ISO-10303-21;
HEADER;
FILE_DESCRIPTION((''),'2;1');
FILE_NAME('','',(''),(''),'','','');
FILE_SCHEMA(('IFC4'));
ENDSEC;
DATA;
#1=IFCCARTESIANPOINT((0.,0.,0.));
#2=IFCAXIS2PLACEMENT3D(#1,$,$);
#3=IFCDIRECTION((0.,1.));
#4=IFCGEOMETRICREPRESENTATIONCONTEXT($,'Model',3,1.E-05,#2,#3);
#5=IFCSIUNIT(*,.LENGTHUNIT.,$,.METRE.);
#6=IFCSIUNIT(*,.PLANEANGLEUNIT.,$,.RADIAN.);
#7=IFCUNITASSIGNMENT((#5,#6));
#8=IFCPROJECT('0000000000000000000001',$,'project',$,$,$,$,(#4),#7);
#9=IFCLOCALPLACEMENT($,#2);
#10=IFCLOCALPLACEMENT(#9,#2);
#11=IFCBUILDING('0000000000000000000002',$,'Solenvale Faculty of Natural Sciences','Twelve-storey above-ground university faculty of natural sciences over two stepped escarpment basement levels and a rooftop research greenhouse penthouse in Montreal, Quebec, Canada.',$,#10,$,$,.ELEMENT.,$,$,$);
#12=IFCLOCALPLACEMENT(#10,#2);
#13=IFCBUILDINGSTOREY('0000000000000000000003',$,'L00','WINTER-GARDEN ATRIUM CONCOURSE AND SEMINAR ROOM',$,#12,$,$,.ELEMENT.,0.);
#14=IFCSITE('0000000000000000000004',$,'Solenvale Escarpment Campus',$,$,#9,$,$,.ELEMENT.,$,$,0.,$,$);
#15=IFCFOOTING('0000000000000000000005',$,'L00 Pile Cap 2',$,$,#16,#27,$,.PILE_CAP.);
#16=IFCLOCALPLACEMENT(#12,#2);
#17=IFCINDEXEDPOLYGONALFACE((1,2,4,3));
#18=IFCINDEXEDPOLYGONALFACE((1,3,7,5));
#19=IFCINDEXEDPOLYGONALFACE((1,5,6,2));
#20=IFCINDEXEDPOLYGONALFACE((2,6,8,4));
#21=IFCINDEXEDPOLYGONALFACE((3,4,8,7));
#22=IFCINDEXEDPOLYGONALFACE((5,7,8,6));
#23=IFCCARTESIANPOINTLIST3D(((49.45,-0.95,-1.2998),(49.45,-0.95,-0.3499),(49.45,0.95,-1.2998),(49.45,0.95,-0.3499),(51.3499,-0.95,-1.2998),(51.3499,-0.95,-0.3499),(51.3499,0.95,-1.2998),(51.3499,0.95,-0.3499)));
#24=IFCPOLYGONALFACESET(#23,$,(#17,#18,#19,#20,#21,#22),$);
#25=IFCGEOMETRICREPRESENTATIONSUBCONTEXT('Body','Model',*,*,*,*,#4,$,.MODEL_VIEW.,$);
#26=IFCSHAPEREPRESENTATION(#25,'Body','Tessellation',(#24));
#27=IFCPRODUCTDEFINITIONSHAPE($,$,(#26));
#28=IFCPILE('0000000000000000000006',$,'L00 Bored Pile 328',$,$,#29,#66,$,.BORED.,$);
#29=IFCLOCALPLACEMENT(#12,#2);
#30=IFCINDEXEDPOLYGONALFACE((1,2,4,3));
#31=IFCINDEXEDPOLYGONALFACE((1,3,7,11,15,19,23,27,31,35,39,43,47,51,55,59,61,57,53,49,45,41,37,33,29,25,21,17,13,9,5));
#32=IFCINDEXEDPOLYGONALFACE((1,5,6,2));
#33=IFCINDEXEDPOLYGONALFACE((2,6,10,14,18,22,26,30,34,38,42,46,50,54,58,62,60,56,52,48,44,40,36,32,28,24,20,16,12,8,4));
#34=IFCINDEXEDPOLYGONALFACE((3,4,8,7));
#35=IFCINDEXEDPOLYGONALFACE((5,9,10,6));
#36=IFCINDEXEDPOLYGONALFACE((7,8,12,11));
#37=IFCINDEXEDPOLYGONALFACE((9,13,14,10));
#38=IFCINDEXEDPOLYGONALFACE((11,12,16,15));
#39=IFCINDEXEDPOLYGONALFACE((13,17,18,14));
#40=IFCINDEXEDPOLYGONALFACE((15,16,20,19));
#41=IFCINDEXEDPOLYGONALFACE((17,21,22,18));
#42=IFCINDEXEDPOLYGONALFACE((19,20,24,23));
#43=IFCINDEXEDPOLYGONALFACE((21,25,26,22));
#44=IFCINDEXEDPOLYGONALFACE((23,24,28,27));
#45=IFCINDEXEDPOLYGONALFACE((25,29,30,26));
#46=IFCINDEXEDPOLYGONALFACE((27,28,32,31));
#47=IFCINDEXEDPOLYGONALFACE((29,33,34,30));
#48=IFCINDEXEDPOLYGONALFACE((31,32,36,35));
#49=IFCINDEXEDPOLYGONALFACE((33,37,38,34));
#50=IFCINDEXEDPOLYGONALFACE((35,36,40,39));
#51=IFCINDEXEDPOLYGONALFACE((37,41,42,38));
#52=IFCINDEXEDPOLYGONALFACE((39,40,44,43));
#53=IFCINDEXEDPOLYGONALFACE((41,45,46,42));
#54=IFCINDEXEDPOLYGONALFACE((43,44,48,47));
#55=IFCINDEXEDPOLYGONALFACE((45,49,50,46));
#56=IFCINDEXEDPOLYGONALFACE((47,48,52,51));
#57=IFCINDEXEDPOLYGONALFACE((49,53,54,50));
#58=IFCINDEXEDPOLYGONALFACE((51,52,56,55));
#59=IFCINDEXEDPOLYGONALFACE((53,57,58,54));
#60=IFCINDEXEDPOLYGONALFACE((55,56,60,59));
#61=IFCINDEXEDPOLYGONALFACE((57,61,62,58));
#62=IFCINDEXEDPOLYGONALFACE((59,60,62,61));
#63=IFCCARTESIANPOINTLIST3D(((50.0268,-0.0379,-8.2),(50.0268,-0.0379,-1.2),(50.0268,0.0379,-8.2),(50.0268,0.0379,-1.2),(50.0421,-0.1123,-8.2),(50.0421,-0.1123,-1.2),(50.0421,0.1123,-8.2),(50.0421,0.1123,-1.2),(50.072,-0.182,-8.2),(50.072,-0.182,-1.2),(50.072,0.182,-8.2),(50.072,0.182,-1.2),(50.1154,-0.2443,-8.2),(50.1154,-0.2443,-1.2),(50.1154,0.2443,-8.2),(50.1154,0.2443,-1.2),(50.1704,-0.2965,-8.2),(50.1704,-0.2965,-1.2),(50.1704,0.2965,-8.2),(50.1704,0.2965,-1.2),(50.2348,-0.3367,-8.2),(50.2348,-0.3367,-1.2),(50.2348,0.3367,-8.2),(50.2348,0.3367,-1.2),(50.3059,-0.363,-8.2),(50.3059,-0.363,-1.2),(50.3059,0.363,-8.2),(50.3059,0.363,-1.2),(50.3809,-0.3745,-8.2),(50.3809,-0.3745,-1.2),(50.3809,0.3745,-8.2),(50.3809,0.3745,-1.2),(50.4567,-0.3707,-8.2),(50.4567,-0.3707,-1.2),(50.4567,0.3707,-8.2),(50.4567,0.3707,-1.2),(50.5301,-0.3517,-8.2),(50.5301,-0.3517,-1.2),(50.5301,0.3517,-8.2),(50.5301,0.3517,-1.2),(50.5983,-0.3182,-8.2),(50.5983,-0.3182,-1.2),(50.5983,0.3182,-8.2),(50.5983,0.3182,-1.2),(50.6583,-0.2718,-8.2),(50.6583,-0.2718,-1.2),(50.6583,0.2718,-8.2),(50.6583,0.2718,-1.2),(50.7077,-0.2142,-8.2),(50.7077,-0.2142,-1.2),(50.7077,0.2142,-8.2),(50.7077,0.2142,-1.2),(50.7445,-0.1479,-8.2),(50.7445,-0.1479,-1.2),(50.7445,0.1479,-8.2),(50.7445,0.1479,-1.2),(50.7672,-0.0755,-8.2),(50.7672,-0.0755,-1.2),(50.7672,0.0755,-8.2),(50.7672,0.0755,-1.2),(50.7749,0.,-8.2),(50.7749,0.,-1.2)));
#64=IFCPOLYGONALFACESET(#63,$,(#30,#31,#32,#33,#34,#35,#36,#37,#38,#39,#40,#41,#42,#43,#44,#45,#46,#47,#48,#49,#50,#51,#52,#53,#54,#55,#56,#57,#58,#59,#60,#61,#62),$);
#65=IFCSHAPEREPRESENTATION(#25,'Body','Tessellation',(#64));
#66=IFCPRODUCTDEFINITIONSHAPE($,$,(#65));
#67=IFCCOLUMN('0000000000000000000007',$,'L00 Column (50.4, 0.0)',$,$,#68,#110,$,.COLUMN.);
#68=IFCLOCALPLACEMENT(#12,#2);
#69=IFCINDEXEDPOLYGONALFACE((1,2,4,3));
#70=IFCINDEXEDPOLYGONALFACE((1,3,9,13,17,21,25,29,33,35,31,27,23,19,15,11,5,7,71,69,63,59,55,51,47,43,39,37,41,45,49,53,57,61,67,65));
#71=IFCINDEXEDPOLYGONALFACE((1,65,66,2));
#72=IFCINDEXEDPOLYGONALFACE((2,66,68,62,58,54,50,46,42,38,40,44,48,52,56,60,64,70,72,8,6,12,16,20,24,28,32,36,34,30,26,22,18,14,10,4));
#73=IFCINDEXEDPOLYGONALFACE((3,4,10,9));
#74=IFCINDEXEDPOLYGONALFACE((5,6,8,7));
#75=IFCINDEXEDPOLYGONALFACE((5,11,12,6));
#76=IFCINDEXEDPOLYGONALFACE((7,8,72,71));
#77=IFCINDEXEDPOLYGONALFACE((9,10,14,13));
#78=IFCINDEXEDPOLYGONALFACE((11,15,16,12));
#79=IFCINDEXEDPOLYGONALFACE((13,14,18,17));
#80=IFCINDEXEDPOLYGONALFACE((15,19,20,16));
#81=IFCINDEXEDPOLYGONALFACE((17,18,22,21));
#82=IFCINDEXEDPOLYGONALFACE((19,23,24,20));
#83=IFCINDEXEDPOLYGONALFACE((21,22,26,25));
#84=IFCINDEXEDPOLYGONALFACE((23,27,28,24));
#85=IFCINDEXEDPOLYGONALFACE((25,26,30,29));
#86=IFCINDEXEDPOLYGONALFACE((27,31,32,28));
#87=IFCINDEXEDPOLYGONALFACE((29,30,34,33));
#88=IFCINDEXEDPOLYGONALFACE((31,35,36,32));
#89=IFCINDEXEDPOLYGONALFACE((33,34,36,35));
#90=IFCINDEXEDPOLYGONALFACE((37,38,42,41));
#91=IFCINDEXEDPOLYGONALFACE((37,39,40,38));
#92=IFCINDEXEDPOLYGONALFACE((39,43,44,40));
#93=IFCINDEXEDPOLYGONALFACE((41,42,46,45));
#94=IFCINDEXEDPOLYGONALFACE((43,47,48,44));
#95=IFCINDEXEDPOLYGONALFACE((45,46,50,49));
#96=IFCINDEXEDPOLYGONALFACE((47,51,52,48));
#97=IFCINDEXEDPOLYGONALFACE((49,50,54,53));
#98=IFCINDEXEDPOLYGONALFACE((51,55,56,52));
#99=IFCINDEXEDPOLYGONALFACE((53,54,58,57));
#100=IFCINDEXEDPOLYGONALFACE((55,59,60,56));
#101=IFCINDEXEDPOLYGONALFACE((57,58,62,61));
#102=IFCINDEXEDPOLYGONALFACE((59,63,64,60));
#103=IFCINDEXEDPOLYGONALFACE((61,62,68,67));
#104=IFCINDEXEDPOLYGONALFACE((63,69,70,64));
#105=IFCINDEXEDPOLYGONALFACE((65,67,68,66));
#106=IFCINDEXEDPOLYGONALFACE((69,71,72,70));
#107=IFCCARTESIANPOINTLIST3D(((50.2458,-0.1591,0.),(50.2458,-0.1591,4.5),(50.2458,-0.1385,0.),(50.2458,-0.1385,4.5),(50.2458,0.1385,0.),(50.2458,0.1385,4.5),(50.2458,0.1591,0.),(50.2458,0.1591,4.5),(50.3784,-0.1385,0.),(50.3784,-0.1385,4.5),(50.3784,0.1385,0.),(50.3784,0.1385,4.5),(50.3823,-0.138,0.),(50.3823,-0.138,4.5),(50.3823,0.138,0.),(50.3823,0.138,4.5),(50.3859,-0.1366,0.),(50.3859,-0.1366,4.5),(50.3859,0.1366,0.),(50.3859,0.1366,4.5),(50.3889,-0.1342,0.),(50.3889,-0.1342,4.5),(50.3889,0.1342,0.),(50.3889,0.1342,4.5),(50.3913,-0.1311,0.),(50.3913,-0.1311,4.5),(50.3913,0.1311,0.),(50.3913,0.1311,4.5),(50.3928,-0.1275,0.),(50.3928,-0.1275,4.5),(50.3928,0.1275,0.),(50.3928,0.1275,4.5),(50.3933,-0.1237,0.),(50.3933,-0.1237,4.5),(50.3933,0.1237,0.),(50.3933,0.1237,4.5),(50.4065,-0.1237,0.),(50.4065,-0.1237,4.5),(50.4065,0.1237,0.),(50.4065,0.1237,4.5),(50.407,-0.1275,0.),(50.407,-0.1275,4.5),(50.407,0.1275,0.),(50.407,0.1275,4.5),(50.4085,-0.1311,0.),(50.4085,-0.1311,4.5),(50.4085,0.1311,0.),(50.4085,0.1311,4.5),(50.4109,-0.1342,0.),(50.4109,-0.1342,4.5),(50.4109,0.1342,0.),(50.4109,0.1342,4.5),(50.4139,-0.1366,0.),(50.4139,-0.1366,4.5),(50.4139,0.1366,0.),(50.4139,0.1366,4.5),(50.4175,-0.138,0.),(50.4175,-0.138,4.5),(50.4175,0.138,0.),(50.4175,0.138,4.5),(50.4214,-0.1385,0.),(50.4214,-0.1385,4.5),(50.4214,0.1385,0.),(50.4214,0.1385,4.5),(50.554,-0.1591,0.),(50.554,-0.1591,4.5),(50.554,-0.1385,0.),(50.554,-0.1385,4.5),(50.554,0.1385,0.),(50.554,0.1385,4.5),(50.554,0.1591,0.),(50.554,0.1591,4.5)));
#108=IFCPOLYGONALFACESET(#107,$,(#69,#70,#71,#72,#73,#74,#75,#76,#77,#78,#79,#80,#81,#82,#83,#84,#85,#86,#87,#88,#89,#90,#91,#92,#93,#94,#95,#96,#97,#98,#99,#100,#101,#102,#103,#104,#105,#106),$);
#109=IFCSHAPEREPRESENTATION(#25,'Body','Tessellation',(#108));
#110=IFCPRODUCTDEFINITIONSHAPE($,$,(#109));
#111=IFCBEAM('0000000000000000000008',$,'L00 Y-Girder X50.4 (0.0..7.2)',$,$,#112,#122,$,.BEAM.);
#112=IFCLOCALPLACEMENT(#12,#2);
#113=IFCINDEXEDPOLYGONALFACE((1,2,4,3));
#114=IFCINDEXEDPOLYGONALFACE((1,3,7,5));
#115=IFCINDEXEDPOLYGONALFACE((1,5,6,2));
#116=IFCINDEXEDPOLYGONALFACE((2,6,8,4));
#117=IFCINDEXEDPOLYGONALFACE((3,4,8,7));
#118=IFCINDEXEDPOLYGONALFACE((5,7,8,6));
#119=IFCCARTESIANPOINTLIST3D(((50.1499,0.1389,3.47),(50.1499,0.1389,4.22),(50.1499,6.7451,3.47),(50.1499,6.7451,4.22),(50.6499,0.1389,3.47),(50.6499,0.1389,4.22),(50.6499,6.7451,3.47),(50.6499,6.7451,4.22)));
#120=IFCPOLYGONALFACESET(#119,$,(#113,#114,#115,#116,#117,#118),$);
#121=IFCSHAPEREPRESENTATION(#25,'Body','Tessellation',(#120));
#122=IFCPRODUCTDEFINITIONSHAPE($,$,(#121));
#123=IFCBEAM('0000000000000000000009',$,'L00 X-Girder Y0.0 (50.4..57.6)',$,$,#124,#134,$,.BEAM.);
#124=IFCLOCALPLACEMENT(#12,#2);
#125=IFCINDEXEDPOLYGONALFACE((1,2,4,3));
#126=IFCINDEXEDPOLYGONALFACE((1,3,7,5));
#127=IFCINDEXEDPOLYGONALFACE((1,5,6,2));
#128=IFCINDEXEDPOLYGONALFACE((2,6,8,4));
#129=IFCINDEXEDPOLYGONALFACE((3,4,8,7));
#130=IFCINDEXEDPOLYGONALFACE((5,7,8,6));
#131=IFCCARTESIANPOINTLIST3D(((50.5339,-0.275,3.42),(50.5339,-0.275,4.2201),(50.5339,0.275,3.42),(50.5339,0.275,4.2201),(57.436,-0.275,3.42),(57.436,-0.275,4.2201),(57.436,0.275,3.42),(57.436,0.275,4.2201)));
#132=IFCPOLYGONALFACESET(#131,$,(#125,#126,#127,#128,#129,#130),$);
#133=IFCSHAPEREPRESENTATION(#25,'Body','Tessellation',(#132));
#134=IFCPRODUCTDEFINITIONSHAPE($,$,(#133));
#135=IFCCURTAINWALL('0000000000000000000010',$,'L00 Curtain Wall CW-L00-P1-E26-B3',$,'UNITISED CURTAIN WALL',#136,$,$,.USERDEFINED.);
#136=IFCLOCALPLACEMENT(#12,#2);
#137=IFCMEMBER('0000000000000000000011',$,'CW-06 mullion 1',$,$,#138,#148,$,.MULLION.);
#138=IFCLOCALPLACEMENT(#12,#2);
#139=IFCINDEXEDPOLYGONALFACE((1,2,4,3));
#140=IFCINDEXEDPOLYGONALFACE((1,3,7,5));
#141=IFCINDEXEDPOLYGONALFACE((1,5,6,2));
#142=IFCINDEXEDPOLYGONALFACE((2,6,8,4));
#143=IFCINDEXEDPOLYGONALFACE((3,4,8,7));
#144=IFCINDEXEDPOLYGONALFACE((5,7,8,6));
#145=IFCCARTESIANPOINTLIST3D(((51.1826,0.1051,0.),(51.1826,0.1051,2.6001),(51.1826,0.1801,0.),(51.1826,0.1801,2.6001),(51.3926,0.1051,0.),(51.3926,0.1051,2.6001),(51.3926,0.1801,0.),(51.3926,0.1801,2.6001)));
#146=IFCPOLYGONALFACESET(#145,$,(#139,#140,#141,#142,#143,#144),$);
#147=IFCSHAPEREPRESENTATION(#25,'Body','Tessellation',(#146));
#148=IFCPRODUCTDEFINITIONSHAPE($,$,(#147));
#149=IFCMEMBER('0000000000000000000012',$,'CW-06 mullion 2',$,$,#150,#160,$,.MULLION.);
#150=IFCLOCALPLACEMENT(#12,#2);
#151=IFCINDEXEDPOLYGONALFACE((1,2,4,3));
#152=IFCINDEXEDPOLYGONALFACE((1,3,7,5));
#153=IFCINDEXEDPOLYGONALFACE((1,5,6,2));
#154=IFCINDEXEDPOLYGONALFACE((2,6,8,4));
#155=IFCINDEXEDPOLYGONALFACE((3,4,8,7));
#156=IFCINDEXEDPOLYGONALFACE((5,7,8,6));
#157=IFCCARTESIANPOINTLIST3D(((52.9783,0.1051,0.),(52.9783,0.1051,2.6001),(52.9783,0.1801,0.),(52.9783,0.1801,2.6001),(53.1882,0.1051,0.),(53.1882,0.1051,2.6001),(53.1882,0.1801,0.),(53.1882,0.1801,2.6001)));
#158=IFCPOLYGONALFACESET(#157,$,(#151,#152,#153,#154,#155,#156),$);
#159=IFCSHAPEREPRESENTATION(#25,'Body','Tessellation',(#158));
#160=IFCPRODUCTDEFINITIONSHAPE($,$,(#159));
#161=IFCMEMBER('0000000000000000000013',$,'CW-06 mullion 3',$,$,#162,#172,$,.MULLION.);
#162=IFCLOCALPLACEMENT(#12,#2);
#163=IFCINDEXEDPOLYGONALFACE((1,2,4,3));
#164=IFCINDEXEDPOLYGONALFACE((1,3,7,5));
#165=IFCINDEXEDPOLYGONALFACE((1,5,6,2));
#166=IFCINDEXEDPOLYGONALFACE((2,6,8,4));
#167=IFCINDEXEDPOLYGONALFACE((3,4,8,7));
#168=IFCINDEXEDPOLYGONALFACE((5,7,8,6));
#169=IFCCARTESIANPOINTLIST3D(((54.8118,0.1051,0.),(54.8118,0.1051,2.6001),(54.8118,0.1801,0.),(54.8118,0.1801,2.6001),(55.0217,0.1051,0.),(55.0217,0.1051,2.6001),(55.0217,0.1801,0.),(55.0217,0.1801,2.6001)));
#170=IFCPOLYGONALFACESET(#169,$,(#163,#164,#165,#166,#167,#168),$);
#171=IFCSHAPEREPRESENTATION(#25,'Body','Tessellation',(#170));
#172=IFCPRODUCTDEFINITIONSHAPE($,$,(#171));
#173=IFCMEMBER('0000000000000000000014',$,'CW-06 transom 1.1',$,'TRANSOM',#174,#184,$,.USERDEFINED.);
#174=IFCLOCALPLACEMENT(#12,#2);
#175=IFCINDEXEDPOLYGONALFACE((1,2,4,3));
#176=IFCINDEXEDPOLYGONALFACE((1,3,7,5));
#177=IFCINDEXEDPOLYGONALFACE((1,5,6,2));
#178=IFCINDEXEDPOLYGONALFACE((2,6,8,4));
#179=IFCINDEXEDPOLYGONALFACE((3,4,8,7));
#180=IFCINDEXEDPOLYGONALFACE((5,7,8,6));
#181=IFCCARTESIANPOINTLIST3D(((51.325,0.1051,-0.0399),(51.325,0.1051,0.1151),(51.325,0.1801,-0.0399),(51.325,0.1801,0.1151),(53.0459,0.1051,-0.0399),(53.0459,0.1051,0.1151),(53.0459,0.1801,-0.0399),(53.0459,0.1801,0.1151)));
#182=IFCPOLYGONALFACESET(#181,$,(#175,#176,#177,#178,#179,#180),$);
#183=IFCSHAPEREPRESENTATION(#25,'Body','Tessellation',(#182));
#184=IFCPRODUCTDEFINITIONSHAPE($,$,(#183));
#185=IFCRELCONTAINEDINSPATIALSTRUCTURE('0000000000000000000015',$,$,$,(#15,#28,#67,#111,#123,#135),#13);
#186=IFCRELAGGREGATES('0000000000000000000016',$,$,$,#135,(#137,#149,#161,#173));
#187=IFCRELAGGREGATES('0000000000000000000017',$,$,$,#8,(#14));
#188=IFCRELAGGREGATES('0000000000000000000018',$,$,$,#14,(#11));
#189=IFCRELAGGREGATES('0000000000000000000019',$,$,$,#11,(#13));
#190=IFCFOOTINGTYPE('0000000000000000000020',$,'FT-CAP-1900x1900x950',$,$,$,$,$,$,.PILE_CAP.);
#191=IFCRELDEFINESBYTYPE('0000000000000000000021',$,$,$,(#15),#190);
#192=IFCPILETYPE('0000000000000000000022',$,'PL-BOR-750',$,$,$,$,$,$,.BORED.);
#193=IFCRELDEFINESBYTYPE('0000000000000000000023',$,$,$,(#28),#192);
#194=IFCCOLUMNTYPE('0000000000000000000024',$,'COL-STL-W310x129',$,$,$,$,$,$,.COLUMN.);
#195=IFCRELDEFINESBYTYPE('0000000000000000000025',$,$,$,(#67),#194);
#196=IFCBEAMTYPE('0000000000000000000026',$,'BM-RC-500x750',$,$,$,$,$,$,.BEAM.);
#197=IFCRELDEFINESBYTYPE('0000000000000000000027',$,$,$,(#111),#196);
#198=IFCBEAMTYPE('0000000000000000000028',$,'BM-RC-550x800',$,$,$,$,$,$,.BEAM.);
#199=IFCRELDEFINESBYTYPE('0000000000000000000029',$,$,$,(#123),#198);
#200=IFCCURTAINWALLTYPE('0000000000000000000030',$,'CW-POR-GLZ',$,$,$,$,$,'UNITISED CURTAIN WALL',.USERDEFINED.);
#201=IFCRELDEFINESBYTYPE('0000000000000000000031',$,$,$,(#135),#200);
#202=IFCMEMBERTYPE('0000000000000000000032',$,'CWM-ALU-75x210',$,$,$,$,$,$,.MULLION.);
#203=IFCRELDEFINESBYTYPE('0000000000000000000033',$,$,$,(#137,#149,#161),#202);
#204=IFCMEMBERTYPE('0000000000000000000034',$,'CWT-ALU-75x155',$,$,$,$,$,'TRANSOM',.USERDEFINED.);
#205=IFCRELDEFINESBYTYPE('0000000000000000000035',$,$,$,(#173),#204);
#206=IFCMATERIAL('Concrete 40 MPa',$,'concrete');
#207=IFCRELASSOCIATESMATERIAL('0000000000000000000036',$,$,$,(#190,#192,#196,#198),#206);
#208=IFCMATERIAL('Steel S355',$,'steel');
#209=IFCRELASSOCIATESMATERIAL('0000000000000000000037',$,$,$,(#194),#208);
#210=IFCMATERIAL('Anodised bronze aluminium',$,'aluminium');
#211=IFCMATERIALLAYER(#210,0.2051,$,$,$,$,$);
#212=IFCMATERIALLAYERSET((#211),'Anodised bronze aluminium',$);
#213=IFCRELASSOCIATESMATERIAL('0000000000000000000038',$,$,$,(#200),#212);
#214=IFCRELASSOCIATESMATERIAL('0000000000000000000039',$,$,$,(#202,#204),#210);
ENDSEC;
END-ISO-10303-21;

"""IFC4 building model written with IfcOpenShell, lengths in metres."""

from ifc_helpers import new_model, si_unit, direction, frame, origin, origin_2d, place, context, subcontext, project, spatial, rectangle, circle, i_section, extrude, material, layer, layer_set, material_profile, profile_set, type_object, element, aggregate, save


model = new_model("IFC4")

# Units and contexts
model_context = context("Model", 3, precision=1e-05, world=origin(), true_north=direction((0.0, 1.0)))
body_context = subcontext(model_context, "Body", "Model", "MODEL_VIEW")
ifc_project = project(units=[si_unit("LENGTHUNIT", "METRE"), si_unit("PLANEANGLEUNIT", "RADIAN")], contexts=[model_context])

# Site, building, storey
site_placement = place(None, origin())
site = spatial("IfcSite", under=ifc_project, at=site_placement, Name="Solenvale Escarpment Campus", CompositionType="ELEMENT", RefElevation=0.0)
building_placement = place(site_placement, origin())
building = spatial("IfcBuilding", under=site, at=building_placement, Name="Solenvale Faculty of Natural Sciences", Description="Twelve-storey above-ground university faculty of natural sciences over two stepped escarpment basement levels and a rooftop research greenhouse penthouse in Montreal, Quebec, Canada.", CompositionType="ELEMENT")
storey_placement = place(building_placement, origin())
storey = spatial("IfcBuildingStorey", under=building, at=storey_placement, Name="L00", Description="WINTER-GARDEN ATRIUM CONCOURSE AND SEMINAR ROOM", CompositionType="ELEMENT", Elevation=0.0)

# Footing
ifc_material_1 = material(Name="Concrete 40 MPa", Category="concrete")
footing_type = type_object("IfcFootingType", Name="FT-CAP-1900x1900x950", PredefinedType="PILE_CAP", material=ifc_material_1)
footing_placement = place(storey_placement, frame((50.3999, 0.0, -1.2998), z_axis=(0.0, 0.0, 1.0), x_axis=(1.0, 0.0, 0.0)))
element("IfcFooting", 1, at=footing_placement, inside=storey, type_object=footing_type, Name="L00 Pile Cap 2", PredefinedType="PILE_CAP", context=body_context, shape_type="SweptSolid", body=[
    extrude(rectangle(XDim=1.8999, YDim=1.8999, at=origin_2d()), origin(), (0.0, 0.0, 1.0), 0.95),
])

# Pile
ifc_material_profile_1 = material_profile(ifc_material_1, circle(Radius=0.375, at=origin_2d()), Name="PILE-D750")
ifc_profile_set_1 = profile_set([ifc_material_profile_1], Name="Concrete 40 MPa")
pile_type = type_object("IfcPileType", Name="PL-BOR-750", PredefinedType="BORED", material=ifc_profile_set_1)
pile_placement = place(storey_placement, frame((50.3999, 0.0, -1.2), z_axis=(0.0, 0.0, -1.0), x_axis=(1.0, 0.0, 0.0)))
element("IfcPile", 2, at=pile_placement, inside=storey, type_object=pile_type, Name="L00 Bored Pile 328", PredefinedType="BORED", context=body_context, shape_type="SweptSolid", body=[
    extrude(circle(Radius=0.375, at=origin_2d()), origin(), (0.0, 0.0, 1.0), 7.0),
])

# Column
ifc_material_2 = material(Name="Steel S355", Category="steel")
ifc_material_profile_2 = material_profile(ifc_material_2, i_section(OverallWidth=0.3081, OverallDepth=0.3181, WebThickness=0.0132, FlangeThickness=0.0205, FilletRadius=0.0149, at=origin_2d()), Name="W310x129")
ifc_profile_set_2 = profile_set([ifc_material_profile_2], Name="Steel S355")
column_type = type_object("IfcColumnType", Name="COL-STL-W310x129", PredefinedType="COLUMN", material=ifc_profile_set_2)
column_placement = place(storey_placement, frame((50.3999, 0.0, 0.0), z_axis=(0.0, 0.0, 1.0), x_axis=(1.0, 0.0, 0.0)))
element("IfcColumn", 3, at=column_placement, inside=storey, type_object=column_type, Name="L00 Column (50.4, 0.0)", PredefinedType="COLUMN", context=body_context, shape_type="SweptSolid", body=[
    extrude(i_section(OverallWidth=0.3081, OverallDepth=0.3181, WebThickness=0.0132, FlangeThickness=0.0205, FilletRadius=0.0149, at=origin_2d()), origin(), (0.0, 0.0, 1.0), 4.5),
])

# Beams
ifc_material_profile_3 = material_profile(ifc_material_1, rectangle(XDim=0.5, YDim=0.75, at=origin_2d()), Name="RC-BM-500x750")
ifc_profile_set_3 = profile_set([ifc_material_profile_3], Name="Concrete 40 MPa")
beam_type_1 = type_object("IfcBeamType", Name="BM-RC-500x750", PredefinedType="BEAM", material=ifc_profile_set_3)
beam_1_placement = place(storey_placement, frame((50.3999, 0.1389, 3.845), z_axis=(0.0, 1.0, 0.0), x_axis=(-1.0, 0.0, 0.0)))
element("IfcBeam", 4, at=beam_1_placement, inside=storey, type_object=beam_type_1, Name="L00 Y-Girder X50.4 (0.0..7.2)", PredefinedType="BEAM", context=body_context, shape_type="SweptSolid", body=[
    extrude(rectangle(XDim=0.5, YDim=0.75, at=origin_2d()), origin(), (0.0, 0.0, 1.0), 6.6062),
])
ifc_material_profile_4 = material_profile(ifc_material_1, rectangle(XDim=0.55, YDim=0.8, at=origin_2d()), Name="RC-BM-550x800")
ifc_profile_set_4 = profile_set([ifc_material_profile_4], Name="Concrete 40 MPa")
beam_type_2 = type_object("IfcBeamType", Name="BM-RC-550x800", PredefinedType="BEAM", material=ifc_profile_set_4)
beam_2_placement = place(storey_placement, frame((50.5339, 0.0, 3.8201), z_axis=(1.0, 0.0, 0.0), x_axis=(0.0, 1.0, 0.0)))
element("IfcBeam", 5, at=beam_2_placement, inside=storey, type_object=beam_type_2, Name="L00 X-Girder Y0.0 (50.4..57.6)", PredefinedType="BEAM", context=body_context, shape_type="SweptSolid", body=[
    extrude(rectangle(XDim=0.55, YDim=0.8, at=origin_2d()), origin(), (0.0, 0.0, 1.0), 6.9021),
])

# Curtain wall, members
ifc_material_3 = material(Name="Anodised bronze aluminium", Category="aluminium")
ifc_layer_1 = layer(ifc_material_3, 0.2051)
ifc_layer_set_1 = layer_set([ifc_layer_1], Name="Anodised bronze aluminium")
curtain_wall_type = type_object("IfcCurtainWallType", Name="CW-POR-GLZ", ElementType="UNITISED CURTAIN WALL", PredefinedType="USERDEFINED", material=ifc_layer_set_1)
curtain_wall_placement = place(storey_placement, origin())
curtain_wall = element("IfcCurtainWall", 6, at=curtain_wall_placement, inside=storey, type_object=curtain_wall_type, Name="L00 Curtain Wall CW-L00-P1-E26-B3", ObjectType="UNITISED CURTAIN WALL", PredefinedType="USERDEFINED")
ifc_material_profile_5 = material_profile(ifc_material_3, rectangle(XDim=0.075, YDim=0.21, at=origin_2d()), Name="ALU-MUL-75x210")
ifc_profile_set_5 = profile_set([ifc_material_profile_5], Name="Anodised bronze aluminium")
member_type_1 = type_object("IfcMemberType", Name="CWM-ALU-75x210", PredefinedType="MULLION", material=ifc_profile_set_5)
member_1_placement = place(storey_placement, frame((51.2876, 0.1426, 0.0), z_axis=(0.0, 0.0, 1.0), x_axis=(0.0, 1.0, 0.0)))
member_1 = element("IfcMember", 7, at=member_1_placement, type_object=member_type_1, Name="CW-06 mullion 1", PredefinedType="MULLION", context=body_context, shape_type="SweptSolid", body=[
    extrude(rectangle(XDim=0.075, YDim=0.21, at=origin_2d()), origin(), (0.0, 0.0, 1.0), 2.6001),
])
member_2_placement = place(storey_placement, frame((53.0833, 0.1426, 0.0), z_axis=(0.0, 0.0, 1.0), x_axis=(0.0, 1.0, 0.0)))
member_2 = element("IfcMember", 8, at=member_2_placement, type_object=member_type_1, Name="CW-06 mullion 2", PredefinedType="MULLION", context=body_context, shape_type="SweptSolid", body=[
    extrude(rectangle(XDim=0.075, YDim=0.21, at=origin_2d()), origin(), (0.0, 0.0, 1.0), 2.6001),
])
member_3_placement = place(storey_placement, frame((54.9167, 0.1426, 0.0), z_axis=(0.0, 0.0, 1.0), x_axis=(0.0, 1.0, 0.0)))
member_3 = element("IfcMember", 9, at=member_3_placement, type_object=member_type_1, Name="CW-06 mullion 3", PredefinedType="MULLION", context=body_context, shape_type="SweptSolid", body=[
    extrude(rectangle(XDim=0.075, YDim=0.21, at=origin_2d()), origin(), (0.0, 0.0, 1.0), 2.6001),
])
ifc_material_profile_6 = material_profile(ifc_material_3, rectangle(XDim=0.075, YDim=0.155, at=origin_2d()), Name="ALU-TRN-75x155")
ifc_profile_set_6 = profile_set([ifc_material_profile_6], Name="Anodised bronze aluminium")
member_type_2 = type_object("IfcMemberType", Name="CWT-ALU-75x155", ElementType="TRANSOM", PredefinedType="USERDEFINED", material=ifc_profile_set_6)
member_4_placement = place(storey_placement, frame((51.325, 0.1426, 0.0376), z_axis=(1.0, 0.0, 0.0), x_axis=(0.0, 1.0, 0.0)))
member_4 = element("IfcMember", 10, at=member_4_placement, type_object=member_type_2, Name="CW-06 transom 1.1", ObjectType="TRANSOM", PredefinedType="USERDEFINED", context=body_context, shape_type="SweptSolid", body=[
    extrude(rectangle(XDim=0.075, YDim=0.155, at=origin_2d()), origin(), (0.0, 0.0, 1.0), 1.7209),
])
aggregate(curtain_wall, [member_1, member_2, member_3, member_4])

save(model, "model.ifc")
